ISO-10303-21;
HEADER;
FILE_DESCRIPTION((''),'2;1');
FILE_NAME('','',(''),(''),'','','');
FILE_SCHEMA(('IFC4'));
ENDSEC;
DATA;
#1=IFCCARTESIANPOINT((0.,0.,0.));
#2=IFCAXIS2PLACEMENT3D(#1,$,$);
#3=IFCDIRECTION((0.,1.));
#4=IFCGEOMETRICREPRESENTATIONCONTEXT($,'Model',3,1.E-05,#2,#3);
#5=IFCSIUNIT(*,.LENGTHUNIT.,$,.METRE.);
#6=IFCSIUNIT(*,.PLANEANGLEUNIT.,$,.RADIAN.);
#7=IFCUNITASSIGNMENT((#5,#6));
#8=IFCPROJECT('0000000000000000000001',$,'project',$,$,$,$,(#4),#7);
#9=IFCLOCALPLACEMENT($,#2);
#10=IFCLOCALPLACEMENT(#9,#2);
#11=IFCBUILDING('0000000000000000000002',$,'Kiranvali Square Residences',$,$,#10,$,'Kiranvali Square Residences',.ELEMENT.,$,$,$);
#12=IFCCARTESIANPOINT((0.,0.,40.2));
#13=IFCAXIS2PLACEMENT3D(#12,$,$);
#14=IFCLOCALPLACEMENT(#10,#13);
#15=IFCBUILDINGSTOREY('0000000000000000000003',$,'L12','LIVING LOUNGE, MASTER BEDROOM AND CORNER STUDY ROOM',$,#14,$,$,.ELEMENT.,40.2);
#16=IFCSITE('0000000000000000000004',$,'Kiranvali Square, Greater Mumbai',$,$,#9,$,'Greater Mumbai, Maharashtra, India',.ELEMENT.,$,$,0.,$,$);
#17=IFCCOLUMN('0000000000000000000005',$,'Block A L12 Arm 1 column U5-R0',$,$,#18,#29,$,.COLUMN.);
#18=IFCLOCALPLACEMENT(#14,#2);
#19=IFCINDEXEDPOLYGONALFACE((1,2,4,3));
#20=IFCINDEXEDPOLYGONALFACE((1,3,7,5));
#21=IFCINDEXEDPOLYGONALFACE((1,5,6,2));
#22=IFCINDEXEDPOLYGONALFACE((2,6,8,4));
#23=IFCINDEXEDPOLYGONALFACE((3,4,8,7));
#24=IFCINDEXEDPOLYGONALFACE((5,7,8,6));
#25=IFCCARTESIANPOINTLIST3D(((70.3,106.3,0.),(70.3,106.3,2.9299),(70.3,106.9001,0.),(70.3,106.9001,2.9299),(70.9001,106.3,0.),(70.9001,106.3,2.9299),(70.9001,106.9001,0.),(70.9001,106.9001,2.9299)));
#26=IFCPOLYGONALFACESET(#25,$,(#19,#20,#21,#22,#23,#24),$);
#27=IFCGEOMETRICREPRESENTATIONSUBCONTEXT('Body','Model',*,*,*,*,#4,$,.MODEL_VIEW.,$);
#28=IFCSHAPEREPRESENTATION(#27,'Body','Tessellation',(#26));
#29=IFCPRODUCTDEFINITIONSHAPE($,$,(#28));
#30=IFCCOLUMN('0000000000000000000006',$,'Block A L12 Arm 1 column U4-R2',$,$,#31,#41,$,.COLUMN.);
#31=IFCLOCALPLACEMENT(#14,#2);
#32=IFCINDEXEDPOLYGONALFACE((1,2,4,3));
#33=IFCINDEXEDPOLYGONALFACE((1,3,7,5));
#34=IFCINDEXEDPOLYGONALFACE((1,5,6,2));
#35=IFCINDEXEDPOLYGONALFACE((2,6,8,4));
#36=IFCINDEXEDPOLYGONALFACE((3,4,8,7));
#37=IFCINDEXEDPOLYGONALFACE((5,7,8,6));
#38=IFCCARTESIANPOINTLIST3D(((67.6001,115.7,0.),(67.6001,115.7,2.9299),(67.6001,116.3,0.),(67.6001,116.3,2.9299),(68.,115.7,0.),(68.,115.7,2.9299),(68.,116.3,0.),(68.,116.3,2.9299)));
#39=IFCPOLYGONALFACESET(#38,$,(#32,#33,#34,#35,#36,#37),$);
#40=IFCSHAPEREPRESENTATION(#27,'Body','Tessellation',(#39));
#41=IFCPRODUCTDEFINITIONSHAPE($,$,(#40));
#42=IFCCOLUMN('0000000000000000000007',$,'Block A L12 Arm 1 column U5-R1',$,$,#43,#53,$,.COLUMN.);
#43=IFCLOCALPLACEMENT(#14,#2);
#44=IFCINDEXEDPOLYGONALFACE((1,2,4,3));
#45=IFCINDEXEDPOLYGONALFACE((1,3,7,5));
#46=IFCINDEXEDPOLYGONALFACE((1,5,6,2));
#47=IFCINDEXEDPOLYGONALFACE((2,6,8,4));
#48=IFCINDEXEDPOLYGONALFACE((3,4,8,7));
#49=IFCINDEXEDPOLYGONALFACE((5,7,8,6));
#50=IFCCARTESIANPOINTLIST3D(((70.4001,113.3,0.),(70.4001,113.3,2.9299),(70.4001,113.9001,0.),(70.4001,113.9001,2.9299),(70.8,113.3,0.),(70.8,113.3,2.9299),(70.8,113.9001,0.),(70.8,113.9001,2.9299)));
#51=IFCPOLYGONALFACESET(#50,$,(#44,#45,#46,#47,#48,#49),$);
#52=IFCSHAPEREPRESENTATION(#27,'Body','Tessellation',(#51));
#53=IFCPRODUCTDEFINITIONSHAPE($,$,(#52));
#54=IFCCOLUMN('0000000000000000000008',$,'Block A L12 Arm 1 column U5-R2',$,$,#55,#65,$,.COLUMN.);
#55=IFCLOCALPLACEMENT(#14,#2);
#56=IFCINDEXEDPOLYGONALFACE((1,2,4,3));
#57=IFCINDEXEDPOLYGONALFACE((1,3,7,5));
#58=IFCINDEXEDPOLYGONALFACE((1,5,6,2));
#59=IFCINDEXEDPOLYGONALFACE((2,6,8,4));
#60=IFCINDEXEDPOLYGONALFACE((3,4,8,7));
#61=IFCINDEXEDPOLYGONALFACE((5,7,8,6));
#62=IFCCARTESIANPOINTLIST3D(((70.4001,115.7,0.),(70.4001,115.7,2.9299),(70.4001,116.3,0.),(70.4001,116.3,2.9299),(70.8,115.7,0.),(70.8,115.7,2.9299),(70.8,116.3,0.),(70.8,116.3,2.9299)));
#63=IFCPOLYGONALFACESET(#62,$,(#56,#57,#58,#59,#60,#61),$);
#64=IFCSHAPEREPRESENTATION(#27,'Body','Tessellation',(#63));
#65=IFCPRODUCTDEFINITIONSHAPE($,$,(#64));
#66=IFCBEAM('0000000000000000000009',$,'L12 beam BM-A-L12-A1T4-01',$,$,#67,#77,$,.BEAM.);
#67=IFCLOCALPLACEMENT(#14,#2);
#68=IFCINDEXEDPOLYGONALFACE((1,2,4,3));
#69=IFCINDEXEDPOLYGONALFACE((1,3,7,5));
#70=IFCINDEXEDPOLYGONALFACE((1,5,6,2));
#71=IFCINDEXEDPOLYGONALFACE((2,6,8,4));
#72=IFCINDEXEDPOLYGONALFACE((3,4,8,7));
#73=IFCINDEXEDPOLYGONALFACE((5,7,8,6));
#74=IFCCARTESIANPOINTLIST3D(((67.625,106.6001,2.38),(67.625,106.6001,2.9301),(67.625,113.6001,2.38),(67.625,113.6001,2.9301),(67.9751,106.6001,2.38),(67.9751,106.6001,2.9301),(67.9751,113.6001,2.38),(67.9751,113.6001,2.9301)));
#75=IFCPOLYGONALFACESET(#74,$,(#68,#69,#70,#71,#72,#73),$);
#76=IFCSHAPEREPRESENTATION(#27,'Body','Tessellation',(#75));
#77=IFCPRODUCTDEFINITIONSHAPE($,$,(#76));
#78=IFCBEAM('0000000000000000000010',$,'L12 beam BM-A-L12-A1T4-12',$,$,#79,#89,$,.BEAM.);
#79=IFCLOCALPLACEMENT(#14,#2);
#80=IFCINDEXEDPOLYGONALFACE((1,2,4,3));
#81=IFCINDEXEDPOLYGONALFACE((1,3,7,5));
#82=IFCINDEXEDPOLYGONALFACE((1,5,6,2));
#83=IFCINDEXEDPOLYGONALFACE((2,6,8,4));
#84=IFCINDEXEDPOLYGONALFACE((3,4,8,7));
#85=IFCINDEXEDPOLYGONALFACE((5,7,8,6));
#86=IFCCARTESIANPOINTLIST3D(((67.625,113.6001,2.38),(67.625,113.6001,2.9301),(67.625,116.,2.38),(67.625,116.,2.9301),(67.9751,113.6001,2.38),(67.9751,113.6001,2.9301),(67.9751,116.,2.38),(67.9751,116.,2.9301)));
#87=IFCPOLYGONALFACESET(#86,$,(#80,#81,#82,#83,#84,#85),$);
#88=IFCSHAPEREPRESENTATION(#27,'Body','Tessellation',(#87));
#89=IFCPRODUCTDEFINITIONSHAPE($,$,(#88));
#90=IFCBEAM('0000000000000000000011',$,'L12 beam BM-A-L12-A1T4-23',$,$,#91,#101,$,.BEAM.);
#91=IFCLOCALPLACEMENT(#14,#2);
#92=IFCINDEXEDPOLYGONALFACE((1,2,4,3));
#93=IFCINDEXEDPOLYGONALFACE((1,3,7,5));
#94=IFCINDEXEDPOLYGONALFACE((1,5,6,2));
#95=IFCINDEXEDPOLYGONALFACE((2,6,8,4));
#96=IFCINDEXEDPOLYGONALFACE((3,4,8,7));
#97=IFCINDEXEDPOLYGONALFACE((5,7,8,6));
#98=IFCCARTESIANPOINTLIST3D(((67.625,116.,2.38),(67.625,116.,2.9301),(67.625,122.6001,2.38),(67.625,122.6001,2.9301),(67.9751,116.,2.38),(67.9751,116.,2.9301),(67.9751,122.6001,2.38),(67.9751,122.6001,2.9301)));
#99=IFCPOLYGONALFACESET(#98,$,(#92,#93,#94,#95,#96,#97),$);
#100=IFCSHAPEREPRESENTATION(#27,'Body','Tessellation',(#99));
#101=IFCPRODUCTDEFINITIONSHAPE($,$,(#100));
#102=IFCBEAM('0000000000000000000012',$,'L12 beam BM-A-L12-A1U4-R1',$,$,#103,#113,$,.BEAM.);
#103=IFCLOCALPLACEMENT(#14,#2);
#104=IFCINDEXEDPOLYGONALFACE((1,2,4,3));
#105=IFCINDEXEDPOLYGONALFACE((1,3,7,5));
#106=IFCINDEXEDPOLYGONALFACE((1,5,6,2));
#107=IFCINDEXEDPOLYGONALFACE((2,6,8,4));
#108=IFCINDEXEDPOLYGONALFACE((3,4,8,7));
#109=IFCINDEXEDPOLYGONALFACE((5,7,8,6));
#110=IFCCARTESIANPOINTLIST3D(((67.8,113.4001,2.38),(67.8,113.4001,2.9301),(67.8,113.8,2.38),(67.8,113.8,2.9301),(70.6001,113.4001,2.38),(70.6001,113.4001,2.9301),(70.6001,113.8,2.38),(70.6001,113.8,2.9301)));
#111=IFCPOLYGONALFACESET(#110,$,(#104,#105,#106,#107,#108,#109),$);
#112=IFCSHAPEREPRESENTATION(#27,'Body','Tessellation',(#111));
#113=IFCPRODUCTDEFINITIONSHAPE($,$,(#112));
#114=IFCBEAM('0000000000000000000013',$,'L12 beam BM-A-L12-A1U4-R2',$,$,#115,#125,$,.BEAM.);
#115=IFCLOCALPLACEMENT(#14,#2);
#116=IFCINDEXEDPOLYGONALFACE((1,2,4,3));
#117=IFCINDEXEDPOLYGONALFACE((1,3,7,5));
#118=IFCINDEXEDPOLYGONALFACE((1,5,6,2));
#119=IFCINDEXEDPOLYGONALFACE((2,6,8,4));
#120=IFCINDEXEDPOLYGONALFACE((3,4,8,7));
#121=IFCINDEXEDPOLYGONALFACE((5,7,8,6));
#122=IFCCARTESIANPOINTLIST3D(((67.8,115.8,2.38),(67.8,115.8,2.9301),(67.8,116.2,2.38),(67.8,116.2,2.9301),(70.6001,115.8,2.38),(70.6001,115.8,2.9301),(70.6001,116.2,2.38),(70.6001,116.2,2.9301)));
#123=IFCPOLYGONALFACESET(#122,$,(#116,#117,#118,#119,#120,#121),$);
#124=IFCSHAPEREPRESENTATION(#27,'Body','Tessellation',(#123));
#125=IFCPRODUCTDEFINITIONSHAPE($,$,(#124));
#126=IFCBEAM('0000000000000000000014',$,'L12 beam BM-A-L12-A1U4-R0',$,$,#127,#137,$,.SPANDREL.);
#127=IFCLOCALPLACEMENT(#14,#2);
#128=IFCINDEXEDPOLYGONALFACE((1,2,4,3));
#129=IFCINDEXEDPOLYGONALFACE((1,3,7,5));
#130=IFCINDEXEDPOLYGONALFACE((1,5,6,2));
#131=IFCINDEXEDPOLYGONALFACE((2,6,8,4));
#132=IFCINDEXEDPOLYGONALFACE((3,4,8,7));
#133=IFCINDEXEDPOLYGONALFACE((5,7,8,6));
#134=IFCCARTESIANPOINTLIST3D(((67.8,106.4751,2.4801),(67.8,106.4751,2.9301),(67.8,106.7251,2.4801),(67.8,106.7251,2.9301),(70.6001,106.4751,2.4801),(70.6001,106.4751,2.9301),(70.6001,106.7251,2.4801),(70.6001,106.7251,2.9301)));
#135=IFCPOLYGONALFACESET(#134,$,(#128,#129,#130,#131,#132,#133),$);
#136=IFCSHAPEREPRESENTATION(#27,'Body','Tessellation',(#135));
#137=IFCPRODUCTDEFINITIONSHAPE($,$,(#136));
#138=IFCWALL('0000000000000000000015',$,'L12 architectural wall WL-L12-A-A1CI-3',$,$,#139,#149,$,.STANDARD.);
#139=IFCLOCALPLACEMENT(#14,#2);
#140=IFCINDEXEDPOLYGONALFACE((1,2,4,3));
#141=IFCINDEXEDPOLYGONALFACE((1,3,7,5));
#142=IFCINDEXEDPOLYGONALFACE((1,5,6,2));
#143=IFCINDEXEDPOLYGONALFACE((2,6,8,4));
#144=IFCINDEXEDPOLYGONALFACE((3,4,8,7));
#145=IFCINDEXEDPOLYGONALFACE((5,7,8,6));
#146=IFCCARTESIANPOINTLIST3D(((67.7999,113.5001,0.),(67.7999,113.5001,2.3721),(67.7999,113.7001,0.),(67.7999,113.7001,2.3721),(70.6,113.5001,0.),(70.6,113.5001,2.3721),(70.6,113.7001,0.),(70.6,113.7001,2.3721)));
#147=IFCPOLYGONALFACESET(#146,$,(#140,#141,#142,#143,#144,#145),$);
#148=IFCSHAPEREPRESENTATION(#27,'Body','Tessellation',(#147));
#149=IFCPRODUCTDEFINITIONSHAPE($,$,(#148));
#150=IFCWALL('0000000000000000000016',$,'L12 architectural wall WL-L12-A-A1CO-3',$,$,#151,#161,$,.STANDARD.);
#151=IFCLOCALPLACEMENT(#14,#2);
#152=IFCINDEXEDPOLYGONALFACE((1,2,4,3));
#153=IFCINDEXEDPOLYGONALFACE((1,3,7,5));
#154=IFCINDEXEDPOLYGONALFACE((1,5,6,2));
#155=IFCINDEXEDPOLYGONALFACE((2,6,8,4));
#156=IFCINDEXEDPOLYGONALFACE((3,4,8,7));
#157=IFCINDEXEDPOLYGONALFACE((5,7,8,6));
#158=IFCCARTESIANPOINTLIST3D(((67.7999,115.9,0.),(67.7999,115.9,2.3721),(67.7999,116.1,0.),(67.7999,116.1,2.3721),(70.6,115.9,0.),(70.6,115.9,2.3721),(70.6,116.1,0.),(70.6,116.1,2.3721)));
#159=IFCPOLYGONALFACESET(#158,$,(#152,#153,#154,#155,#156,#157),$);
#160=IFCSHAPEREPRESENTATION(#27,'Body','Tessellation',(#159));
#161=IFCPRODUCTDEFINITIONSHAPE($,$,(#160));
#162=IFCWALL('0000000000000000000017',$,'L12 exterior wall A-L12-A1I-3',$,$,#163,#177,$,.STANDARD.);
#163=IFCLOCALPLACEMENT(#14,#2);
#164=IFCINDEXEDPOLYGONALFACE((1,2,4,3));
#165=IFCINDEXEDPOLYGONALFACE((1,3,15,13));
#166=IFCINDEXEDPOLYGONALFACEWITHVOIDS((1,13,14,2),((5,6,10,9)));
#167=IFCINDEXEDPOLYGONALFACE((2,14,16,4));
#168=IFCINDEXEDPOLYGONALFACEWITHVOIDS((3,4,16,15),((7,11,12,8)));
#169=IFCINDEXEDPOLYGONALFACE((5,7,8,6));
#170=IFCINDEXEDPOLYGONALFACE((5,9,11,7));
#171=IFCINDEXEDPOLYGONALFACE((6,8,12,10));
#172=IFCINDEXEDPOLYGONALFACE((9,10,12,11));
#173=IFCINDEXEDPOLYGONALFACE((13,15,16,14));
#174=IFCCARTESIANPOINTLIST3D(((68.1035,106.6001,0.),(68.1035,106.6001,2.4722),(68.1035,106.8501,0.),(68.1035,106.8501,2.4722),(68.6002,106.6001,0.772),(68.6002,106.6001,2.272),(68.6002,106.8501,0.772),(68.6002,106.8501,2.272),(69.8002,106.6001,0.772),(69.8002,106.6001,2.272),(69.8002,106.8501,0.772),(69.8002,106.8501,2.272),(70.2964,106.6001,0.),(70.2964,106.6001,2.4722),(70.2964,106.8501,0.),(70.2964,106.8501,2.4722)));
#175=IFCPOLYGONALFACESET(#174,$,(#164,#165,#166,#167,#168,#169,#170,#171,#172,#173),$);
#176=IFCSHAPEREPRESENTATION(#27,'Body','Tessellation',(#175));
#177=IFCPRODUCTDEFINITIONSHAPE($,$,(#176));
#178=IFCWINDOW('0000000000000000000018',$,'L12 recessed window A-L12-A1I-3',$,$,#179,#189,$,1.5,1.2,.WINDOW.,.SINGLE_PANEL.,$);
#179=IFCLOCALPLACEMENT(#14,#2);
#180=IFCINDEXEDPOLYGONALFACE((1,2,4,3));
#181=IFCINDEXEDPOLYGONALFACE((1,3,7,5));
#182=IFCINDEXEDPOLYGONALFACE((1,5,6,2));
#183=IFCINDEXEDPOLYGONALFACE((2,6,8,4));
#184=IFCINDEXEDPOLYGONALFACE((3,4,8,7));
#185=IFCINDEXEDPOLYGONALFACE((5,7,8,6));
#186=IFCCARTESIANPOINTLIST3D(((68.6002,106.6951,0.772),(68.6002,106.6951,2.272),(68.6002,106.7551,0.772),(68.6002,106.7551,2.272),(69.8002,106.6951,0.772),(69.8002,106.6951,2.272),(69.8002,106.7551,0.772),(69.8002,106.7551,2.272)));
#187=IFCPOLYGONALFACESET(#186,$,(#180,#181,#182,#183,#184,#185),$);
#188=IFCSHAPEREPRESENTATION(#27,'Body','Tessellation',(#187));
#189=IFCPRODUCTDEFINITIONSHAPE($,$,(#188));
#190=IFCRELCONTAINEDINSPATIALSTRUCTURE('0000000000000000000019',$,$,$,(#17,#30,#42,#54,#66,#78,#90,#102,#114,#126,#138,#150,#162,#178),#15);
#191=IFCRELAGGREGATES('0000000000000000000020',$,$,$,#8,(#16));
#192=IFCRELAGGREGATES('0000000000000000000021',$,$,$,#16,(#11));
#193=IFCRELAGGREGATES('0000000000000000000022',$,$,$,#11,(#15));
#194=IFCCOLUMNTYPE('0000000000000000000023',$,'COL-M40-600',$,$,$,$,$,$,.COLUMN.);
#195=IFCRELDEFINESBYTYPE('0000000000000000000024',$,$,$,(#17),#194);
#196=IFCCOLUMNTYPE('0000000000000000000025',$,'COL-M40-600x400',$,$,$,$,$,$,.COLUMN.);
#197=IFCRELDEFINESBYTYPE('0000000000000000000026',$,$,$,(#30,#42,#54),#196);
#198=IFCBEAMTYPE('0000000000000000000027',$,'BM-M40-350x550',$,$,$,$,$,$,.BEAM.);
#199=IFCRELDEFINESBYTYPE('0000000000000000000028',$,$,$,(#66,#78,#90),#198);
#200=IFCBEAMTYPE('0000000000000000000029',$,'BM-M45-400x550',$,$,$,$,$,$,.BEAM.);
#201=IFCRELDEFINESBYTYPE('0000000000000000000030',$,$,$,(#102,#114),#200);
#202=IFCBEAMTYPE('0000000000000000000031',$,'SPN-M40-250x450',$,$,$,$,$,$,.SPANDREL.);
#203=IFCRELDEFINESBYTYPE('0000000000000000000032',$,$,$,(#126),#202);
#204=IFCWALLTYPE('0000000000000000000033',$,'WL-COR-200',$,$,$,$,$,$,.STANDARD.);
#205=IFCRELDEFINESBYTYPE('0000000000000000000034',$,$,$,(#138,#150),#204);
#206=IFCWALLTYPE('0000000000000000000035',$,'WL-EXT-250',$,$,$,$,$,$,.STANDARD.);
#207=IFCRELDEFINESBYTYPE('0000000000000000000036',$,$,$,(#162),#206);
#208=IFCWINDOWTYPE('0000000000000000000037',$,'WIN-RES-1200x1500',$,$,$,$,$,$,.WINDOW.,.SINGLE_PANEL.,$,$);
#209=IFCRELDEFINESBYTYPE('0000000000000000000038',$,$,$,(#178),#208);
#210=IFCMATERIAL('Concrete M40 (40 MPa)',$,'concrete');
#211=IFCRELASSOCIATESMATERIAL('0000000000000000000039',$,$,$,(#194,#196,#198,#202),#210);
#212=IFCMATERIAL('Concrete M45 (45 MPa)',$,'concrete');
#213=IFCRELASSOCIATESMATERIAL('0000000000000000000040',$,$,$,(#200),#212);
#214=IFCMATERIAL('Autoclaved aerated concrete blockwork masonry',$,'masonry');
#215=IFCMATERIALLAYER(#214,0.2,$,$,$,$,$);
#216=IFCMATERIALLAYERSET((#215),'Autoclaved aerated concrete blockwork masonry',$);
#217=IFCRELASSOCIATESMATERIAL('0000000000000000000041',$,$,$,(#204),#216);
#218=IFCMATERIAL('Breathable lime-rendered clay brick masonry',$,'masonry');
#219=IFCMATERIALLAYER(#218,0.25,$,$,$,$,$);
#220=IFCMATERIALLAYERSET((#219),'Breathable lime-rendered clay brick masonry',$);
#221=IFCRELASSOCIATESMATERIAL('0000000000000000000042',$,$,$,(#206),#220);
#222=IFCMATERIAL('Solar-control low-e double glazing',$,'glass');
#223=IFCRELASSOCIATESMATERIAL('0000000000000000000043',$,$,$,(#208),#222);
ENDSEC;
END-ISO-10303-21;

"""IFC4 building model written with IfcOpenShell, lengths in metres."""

from ifc_helpers import new_model, si_unit, direction, frame, frame_2d, origin, origin_2d, place, context, subcontext, project, spatial, rectangle, extrude, material, layer, layer_set, material_profile, profile_set, type_object, element, fill, save


model = new_model("IFC4")

# Units and contexts
model_context = context("Model", 3, precision=1e-05, world=origin(), true_north=direction((0.0, 1.0)))
body_context = subcontext(model_context, "Body", "Model", "MODEL_VIEW")
ifc_project = project(units=[si_unit("LENGTHUNIT", "METRE"), si_unit("PLANEANGLEUNIT", "RADIAN")], contexts=[model_context])

# Site, building, storey
site_placement = place(None, origin())
site = spatial("IfcSite", under=ifc_project, at=site_placement, Name="Kiranvali Square, Greater Mumbai", LongName="Greater Mumbai, Maharashtra, India", CompositionType="ELEMENT", RefElevation=0.0)
building_placement = place(site_placement, origin())
building = spatial("IfcBuilding", under=site, at=building_placement, Name="Kiranvali Square Residences", LongName="Kiranvali Square Residences", CompositionType="ELEMENT")
storey_placement = place(building_placement, frame((0.0, 0.0, 40.2)))
storey = spatial("IfcBuildingStorey", under=building, at=storey_placement, Name="L12", Description="LIVING LOUNGE, MASTER BEDROOM AND CORNER STUDY ROOM", CompositionType="ELEMENT", Elevation=40.2)

# Columns
ifc_material_1 = material(Name="Concrete M40 (40 MPa)", Category="concrete")
ifc_material_profile_1 = material_profile(ifc_material_1, rectangle(XDim=0.6001, YDim=0.6001, at=origin_2d()), Name="RC 600x600")
ifc_profile_set_1 = profile_set([ifc_material_profile_1], Name="Concrete M40 (40 MPa)")
column_type_1 = type_object("IfcColumnType", Name="COL-M40-600", PredefinedType="COLUMN", material=ifc_profile_set_1)
column_placement = place(storey_placement, frame((70.6001, 106.6001, 0.0), z_axis=(0.0, 0.0, 1.0), x_axis=(1.0, 0.0, 0.0)))
element("IfcColumn", 1, at=column_placement, inside=storey, type_object=column_type_1, Name="Block A L12 Arm 1 column U5-R0", PredefinedType="COLUMN", context=body_context, shape_type="SweptSolid", body=[
    extrude(rectangle(XDim=0.6001, YDim=0.6001, at=origin_2d()), origin(), (0.0, 0.0, 1.0), 2.9299),
])
ifc_material_profile_2 = material_profile(ifc_material_1, rectangle(XDim=0.3999, YDim=0.6001, at=origin_2d()), Name="RC 600x400")
ifc_profile_set_2 = profile_set([ifc_material_profile_2], Name="Concrete M40 (40 MPa)")
column_type_2 = type_object("IfcColumnType", Name="COL-M40-600x400", PredefinedType="COLUMN", material=ifc_profile_set_2)
for number, where, z_axis, x_axis, name in (
    (2, (67.8, 116.0, 0.0), (0.0, 0.0, 1.0), (1.0, 0.0, 0.0), "Block A L12 Arm 1 column U4-R2"),
    (3, (70.6001, 113.6001, 0.0), (0.0, 0.0, 1.0), (1.0, 0.0, 0.0), "Block A L12 Arm 1 column U5-R1"),
    (4, (70.6001, 116.0, 0.0), (0.0, 0.0, 1.0), (1.0, 0.0, 0.0), "Block A L12 Arm 1 column U5-R2"),
):
    element("IfcColumn", number, at=place(storey_placement, frame(where, z_axis=z_axis, x_axis=x_axis)), inside=storey, type_object=column_type_2, Name=name, PredefinedType="COLUMN", context=body_context, shape_type="SweptSolid", body=[
        extrude(rectangle(XDim=0.3999, YDim=0.6001, at=origin_2d()), origin(), (0.0, 0.0, 1.0), 2.9299),
    ])

# Beams
ifc_material_profile_3 = material_profile(ifc_material_1, rectangle(XDim=0.3501, YDim=0.55, at=origin_2d()), Name="RC 350x550")
ifc_profile_set_3 = profile_set([ifc_material_profile_3], Name="Concrete M40 (40 MPa)")
beam_type_1 = type_object("IfcBeamType", Name="BM-M40-350x550", PredefinedType="BEAM", material=ifc_profile_set_3)
beam_1_placement = place(storey_placement, frame((67.8, 106.6001, 2.655), z_axis=(0.0, 1.0, 0.0), x_axis=(-1.0, 0.0, 0.0)))
element("IfcBeam", 5, at=beam_1_placement, inside=storey, type_object=beam_type_1, Name="L12 beam BM-A-L12-A1T4-01", PredefinedType="BEAM", context=body_context, shape_type="SweptSolid", body=[
    extrude(rectangle(XDim=0.3501, YDim=0.55, at=origin_2d()), origin(), (0.0, 0.0, 1.0), 7.0),
])
beam_2_placement = place(storey_placement, frame((67.8, 113.6001, 2.655), z_axis=(0.0, 1.0, 0.0), x_axis=(-1.0, 0.0, 0.0)))
element("IfcBeam", 6, at=beam_2_placement, inside=storey, type_object=beam_type_1, Name="L12 beam BM-A-L12-A1T4-12", PredefinedType="BEAM", context=body_context, shape_type="SweptSolid", body=[
    extrude(rectangle(XDim=0.3501, YDim=0.55, at=origin_2d()), origin(), (0.0, 0.0, 1.0), 2.3999),
])
beam_3_placement = place(storey_placement, frame((67.8, 116.0, 2.655), z_axis=(0.0, 1.0, 0.0), x_axis=(-1.0, 0.0, 0.0)))
element("IfcBeam", 7, at=beam_3_placement, inside=storey, type_object=beam_type_1, Name="L12 beam BM-A-L12-A1T4-23", PredefinedType="BEAM", context=body_context, shape_type="SweptSolid", body=[
    extrude(rectangle(XDim=0.3501, YDim=0.55, at=origin_2d()), origin(), (0.0, 0.0, 1.0), 6.6001),
])
ifc_material_2 = material(Name="Concrete M45 (45 MPa)", Category="concrete")
ifc_material_profile_4 = material_profile(ifc_material_2, rectangle(XDim=0.3999, YDim=0.55, at=origin_2d()), Name="RC 400x550")
ifc_profile_set_4 = profile_set([ifc_material_profile_4], Name="Concrete M45 (45 MPa)")
beam_type_2 = type_object("IfcBeamType", Name="BM-M45-400x550", PredefinedType="BEAM", material=ifc_profile_set_4)
for number, where, z_axis, x_axis, name in (
    (8, (67.8, 113.6001, 2.655), (1.0, 0.0, 0.0), (0.0, 1.0, 0.0), "L12 beam BM-A-L12-A1U4-R1"),
    (9, (67.8, 116.0, 2.655), (1.0, 0.0, 0.0), (0.0, 1.0, 0.0), "L12 beam BM-A-L12-A1U4-R2"),
):
    element("IfcBeam", number, at=place(storey_placement, frame(where, z_axis=z_axis, x_axis=x_axis)), inside=storey, type_object=beam_type_2, Name=name, PredefinedType="BEAM", context=body_context, shape_type="SweptSolid", body=[
        extrude(rectangle(XDim=0.3999, YDim=0.55, at=origin_2d()), origin(), (0.0, 0.0, 1.0), 2.8),
    ])
ifc_material_profile_5 = material_profile(ifc_material_1, rectangle(XDim=0.25, YDim=0.45, at=origin_2d()), Name="RC 250x450")
ifc_profile_set_5 = profile_set([ifc_material_profile_5], Name="Concrete M40 (40 MPa)")
beam_type_3 = type_object("IfcBeamType", Name="SPN-M40-250x450", PredefinedType="SPANDREL", material=ifc_profile_set_5)
beam_4_placement = place(storey_placement, frame((67.8, 106.6001, 2.7051), z_axis=(1.0, 0.0, 0.0), x_axis=(0.0, 1.0, 0.0)))
element("IfcBeam", 10, at=beam_4_placement, inside=storey, type_object=beam_type_3, Name="L12 beam BM-A-L12-A1U4-R0", PredefinedType="SPANDREL", context=body_context, shape_type="SweptSolid", body=[
    extrude(rectangle(XDim=0.25, YDim=0.45, at=origin_2d()), origin(), (0.0, 0.0, 1.0), 2.8),
])

# Walls
ifc_material_3 = material(Name="Autoclaved aerated concrete blockwork masonry", Category="masonry")
ifc_layer_1 = layer(ifc_material_3, 0.2)
ifc_layer_set_1 = layer_set([ifc_layer_1], Name="Autoclaved aerated concrete blockwork masonry")
wall_type_1 = type_object("IfcWallType", Name="WL-COR-200", PredefinedType="STANDARD", material=ifc_layer_set_1)
for number, where, z_axis, x_axis, name in (
    (11, (67.8, 113.6001, 0.0), (0.0, 0.0, 1.0), (1.0, 0.0, 0.0), "L12 architectural wall WL-L12-A-A1CI-3"),
    (12, (67.8, 116.0, 0.0), (0.0, 0.0, 1.0), (1.0, 0.0, 0.0), "L12 architectural wall WL-L12-A-A1CO-3"),
):
    element("IfcWall", number, at=place(storey_placement, frame(where, z_axis=z_axis, x_axis=x_axis)), inside=storey, type_object=wall_type_1, Name=name, PredefinedType="STANDARD", context=body_context, shape_type="SweptSolid", body=[
        extrude(rectangle(XDim=2.8, YDim=0.2, at=frame_2d((1.3999, 0.0))), origin(), (0.0, 0.0, 1.0), 2.3721),
    ])

# Wall, opening, window
ifc_material_4 = material(Name="Breathable lime-rendered clay brick masonry", Category="masonry")
ifc_layer_2 = layer(ifc_material_4, 0.25)
ifc_layer_set_2 = layer_set([ifc_layer_2], Name="Breathable lime-rendered clay brick masonry")
wall_type_2 = type_object("IfcWallType", Name="WL-EXT-250", PredefinedType="STANDARD", material=ifc_layer_set_2)
wall_1_placement = place(storey_placement, frame((68.1035, 106.7251, 0.0), z_axis=(0.0, 0.0, 1.0), x_axis=(1.0, 0.0, 0.0)))
wall_1 = element("IfcWall", 13, at=wall_1_placement, inside=storey, type_object=wall_type_2, Name="L12 exterior wall A-L12-A1I-3", PredefinedType="STANDARD", context=body_context, shape_type="SweptSolid", body=[
    extrude(rectangle(XDim=2.1929, YDim=0.25, at=frame_2d((1.0964, 0.0))), origin(), (0.0, 0.0, 1.0), 2.4722),
])
opening_1_placement = place(wall_1_placement, frame((0.4966, 0.0, 0.772)))
opening_1 = element("IfcOpeningElement", 14, at=opening_1_placement, cuts=wall_1, PredefinedType="OPENING", context=body_context, shape_type="SweptSolid", body=[
    extrude(rectangle(XDim=1.2, YDim=1.5, at=frame_2d((0.6001, 0.75))), frame((0.0, 0.135, 0.0), z_axis=(0.0, -1.0, 0.0), x_axis=(1.0, 0.0, 0.0)), (0.0, 0.0, 1.0), 0.27),
])
ifc_material_5 = material(Name="Solar-control low-e double glazing", Category="glass")
window_type_1 = type_object("IfcWindowType", Name="WIN-RES-1200x1500", PartitioningType="SINGLE_PANEL", PredefinedType="WINDOW", material=ifc_material_5)
window_1_placement = place(opening_1_placement, origin())
window_1 = element("IfcWindow", 15, at=window_1_placement, inside=storey, type_object=window_type_1, Name="L12 recessed window A-L12-A1I-3", OverallHeight=1.5, OverallWidth=1.2, PartitioningType="SINGLE_PANEL", PredefinedType="WINDOW", context=body_context, shape_type="SweptSolid", body=[
    extrude(rectangle(XDim=1.2, YDim=1.5, at=frame_2d((0.6001, 0.75))), frame((0.0, 0.03, 0.0), z_axis=(0.0, -1.0, 0.0), x_axis=(1.0, 0.0, 0.0)), (0.0, 0.0, 1.0), 0.0601),
])
fill(opening_1, window_1)

save(model, "model.ifc")
